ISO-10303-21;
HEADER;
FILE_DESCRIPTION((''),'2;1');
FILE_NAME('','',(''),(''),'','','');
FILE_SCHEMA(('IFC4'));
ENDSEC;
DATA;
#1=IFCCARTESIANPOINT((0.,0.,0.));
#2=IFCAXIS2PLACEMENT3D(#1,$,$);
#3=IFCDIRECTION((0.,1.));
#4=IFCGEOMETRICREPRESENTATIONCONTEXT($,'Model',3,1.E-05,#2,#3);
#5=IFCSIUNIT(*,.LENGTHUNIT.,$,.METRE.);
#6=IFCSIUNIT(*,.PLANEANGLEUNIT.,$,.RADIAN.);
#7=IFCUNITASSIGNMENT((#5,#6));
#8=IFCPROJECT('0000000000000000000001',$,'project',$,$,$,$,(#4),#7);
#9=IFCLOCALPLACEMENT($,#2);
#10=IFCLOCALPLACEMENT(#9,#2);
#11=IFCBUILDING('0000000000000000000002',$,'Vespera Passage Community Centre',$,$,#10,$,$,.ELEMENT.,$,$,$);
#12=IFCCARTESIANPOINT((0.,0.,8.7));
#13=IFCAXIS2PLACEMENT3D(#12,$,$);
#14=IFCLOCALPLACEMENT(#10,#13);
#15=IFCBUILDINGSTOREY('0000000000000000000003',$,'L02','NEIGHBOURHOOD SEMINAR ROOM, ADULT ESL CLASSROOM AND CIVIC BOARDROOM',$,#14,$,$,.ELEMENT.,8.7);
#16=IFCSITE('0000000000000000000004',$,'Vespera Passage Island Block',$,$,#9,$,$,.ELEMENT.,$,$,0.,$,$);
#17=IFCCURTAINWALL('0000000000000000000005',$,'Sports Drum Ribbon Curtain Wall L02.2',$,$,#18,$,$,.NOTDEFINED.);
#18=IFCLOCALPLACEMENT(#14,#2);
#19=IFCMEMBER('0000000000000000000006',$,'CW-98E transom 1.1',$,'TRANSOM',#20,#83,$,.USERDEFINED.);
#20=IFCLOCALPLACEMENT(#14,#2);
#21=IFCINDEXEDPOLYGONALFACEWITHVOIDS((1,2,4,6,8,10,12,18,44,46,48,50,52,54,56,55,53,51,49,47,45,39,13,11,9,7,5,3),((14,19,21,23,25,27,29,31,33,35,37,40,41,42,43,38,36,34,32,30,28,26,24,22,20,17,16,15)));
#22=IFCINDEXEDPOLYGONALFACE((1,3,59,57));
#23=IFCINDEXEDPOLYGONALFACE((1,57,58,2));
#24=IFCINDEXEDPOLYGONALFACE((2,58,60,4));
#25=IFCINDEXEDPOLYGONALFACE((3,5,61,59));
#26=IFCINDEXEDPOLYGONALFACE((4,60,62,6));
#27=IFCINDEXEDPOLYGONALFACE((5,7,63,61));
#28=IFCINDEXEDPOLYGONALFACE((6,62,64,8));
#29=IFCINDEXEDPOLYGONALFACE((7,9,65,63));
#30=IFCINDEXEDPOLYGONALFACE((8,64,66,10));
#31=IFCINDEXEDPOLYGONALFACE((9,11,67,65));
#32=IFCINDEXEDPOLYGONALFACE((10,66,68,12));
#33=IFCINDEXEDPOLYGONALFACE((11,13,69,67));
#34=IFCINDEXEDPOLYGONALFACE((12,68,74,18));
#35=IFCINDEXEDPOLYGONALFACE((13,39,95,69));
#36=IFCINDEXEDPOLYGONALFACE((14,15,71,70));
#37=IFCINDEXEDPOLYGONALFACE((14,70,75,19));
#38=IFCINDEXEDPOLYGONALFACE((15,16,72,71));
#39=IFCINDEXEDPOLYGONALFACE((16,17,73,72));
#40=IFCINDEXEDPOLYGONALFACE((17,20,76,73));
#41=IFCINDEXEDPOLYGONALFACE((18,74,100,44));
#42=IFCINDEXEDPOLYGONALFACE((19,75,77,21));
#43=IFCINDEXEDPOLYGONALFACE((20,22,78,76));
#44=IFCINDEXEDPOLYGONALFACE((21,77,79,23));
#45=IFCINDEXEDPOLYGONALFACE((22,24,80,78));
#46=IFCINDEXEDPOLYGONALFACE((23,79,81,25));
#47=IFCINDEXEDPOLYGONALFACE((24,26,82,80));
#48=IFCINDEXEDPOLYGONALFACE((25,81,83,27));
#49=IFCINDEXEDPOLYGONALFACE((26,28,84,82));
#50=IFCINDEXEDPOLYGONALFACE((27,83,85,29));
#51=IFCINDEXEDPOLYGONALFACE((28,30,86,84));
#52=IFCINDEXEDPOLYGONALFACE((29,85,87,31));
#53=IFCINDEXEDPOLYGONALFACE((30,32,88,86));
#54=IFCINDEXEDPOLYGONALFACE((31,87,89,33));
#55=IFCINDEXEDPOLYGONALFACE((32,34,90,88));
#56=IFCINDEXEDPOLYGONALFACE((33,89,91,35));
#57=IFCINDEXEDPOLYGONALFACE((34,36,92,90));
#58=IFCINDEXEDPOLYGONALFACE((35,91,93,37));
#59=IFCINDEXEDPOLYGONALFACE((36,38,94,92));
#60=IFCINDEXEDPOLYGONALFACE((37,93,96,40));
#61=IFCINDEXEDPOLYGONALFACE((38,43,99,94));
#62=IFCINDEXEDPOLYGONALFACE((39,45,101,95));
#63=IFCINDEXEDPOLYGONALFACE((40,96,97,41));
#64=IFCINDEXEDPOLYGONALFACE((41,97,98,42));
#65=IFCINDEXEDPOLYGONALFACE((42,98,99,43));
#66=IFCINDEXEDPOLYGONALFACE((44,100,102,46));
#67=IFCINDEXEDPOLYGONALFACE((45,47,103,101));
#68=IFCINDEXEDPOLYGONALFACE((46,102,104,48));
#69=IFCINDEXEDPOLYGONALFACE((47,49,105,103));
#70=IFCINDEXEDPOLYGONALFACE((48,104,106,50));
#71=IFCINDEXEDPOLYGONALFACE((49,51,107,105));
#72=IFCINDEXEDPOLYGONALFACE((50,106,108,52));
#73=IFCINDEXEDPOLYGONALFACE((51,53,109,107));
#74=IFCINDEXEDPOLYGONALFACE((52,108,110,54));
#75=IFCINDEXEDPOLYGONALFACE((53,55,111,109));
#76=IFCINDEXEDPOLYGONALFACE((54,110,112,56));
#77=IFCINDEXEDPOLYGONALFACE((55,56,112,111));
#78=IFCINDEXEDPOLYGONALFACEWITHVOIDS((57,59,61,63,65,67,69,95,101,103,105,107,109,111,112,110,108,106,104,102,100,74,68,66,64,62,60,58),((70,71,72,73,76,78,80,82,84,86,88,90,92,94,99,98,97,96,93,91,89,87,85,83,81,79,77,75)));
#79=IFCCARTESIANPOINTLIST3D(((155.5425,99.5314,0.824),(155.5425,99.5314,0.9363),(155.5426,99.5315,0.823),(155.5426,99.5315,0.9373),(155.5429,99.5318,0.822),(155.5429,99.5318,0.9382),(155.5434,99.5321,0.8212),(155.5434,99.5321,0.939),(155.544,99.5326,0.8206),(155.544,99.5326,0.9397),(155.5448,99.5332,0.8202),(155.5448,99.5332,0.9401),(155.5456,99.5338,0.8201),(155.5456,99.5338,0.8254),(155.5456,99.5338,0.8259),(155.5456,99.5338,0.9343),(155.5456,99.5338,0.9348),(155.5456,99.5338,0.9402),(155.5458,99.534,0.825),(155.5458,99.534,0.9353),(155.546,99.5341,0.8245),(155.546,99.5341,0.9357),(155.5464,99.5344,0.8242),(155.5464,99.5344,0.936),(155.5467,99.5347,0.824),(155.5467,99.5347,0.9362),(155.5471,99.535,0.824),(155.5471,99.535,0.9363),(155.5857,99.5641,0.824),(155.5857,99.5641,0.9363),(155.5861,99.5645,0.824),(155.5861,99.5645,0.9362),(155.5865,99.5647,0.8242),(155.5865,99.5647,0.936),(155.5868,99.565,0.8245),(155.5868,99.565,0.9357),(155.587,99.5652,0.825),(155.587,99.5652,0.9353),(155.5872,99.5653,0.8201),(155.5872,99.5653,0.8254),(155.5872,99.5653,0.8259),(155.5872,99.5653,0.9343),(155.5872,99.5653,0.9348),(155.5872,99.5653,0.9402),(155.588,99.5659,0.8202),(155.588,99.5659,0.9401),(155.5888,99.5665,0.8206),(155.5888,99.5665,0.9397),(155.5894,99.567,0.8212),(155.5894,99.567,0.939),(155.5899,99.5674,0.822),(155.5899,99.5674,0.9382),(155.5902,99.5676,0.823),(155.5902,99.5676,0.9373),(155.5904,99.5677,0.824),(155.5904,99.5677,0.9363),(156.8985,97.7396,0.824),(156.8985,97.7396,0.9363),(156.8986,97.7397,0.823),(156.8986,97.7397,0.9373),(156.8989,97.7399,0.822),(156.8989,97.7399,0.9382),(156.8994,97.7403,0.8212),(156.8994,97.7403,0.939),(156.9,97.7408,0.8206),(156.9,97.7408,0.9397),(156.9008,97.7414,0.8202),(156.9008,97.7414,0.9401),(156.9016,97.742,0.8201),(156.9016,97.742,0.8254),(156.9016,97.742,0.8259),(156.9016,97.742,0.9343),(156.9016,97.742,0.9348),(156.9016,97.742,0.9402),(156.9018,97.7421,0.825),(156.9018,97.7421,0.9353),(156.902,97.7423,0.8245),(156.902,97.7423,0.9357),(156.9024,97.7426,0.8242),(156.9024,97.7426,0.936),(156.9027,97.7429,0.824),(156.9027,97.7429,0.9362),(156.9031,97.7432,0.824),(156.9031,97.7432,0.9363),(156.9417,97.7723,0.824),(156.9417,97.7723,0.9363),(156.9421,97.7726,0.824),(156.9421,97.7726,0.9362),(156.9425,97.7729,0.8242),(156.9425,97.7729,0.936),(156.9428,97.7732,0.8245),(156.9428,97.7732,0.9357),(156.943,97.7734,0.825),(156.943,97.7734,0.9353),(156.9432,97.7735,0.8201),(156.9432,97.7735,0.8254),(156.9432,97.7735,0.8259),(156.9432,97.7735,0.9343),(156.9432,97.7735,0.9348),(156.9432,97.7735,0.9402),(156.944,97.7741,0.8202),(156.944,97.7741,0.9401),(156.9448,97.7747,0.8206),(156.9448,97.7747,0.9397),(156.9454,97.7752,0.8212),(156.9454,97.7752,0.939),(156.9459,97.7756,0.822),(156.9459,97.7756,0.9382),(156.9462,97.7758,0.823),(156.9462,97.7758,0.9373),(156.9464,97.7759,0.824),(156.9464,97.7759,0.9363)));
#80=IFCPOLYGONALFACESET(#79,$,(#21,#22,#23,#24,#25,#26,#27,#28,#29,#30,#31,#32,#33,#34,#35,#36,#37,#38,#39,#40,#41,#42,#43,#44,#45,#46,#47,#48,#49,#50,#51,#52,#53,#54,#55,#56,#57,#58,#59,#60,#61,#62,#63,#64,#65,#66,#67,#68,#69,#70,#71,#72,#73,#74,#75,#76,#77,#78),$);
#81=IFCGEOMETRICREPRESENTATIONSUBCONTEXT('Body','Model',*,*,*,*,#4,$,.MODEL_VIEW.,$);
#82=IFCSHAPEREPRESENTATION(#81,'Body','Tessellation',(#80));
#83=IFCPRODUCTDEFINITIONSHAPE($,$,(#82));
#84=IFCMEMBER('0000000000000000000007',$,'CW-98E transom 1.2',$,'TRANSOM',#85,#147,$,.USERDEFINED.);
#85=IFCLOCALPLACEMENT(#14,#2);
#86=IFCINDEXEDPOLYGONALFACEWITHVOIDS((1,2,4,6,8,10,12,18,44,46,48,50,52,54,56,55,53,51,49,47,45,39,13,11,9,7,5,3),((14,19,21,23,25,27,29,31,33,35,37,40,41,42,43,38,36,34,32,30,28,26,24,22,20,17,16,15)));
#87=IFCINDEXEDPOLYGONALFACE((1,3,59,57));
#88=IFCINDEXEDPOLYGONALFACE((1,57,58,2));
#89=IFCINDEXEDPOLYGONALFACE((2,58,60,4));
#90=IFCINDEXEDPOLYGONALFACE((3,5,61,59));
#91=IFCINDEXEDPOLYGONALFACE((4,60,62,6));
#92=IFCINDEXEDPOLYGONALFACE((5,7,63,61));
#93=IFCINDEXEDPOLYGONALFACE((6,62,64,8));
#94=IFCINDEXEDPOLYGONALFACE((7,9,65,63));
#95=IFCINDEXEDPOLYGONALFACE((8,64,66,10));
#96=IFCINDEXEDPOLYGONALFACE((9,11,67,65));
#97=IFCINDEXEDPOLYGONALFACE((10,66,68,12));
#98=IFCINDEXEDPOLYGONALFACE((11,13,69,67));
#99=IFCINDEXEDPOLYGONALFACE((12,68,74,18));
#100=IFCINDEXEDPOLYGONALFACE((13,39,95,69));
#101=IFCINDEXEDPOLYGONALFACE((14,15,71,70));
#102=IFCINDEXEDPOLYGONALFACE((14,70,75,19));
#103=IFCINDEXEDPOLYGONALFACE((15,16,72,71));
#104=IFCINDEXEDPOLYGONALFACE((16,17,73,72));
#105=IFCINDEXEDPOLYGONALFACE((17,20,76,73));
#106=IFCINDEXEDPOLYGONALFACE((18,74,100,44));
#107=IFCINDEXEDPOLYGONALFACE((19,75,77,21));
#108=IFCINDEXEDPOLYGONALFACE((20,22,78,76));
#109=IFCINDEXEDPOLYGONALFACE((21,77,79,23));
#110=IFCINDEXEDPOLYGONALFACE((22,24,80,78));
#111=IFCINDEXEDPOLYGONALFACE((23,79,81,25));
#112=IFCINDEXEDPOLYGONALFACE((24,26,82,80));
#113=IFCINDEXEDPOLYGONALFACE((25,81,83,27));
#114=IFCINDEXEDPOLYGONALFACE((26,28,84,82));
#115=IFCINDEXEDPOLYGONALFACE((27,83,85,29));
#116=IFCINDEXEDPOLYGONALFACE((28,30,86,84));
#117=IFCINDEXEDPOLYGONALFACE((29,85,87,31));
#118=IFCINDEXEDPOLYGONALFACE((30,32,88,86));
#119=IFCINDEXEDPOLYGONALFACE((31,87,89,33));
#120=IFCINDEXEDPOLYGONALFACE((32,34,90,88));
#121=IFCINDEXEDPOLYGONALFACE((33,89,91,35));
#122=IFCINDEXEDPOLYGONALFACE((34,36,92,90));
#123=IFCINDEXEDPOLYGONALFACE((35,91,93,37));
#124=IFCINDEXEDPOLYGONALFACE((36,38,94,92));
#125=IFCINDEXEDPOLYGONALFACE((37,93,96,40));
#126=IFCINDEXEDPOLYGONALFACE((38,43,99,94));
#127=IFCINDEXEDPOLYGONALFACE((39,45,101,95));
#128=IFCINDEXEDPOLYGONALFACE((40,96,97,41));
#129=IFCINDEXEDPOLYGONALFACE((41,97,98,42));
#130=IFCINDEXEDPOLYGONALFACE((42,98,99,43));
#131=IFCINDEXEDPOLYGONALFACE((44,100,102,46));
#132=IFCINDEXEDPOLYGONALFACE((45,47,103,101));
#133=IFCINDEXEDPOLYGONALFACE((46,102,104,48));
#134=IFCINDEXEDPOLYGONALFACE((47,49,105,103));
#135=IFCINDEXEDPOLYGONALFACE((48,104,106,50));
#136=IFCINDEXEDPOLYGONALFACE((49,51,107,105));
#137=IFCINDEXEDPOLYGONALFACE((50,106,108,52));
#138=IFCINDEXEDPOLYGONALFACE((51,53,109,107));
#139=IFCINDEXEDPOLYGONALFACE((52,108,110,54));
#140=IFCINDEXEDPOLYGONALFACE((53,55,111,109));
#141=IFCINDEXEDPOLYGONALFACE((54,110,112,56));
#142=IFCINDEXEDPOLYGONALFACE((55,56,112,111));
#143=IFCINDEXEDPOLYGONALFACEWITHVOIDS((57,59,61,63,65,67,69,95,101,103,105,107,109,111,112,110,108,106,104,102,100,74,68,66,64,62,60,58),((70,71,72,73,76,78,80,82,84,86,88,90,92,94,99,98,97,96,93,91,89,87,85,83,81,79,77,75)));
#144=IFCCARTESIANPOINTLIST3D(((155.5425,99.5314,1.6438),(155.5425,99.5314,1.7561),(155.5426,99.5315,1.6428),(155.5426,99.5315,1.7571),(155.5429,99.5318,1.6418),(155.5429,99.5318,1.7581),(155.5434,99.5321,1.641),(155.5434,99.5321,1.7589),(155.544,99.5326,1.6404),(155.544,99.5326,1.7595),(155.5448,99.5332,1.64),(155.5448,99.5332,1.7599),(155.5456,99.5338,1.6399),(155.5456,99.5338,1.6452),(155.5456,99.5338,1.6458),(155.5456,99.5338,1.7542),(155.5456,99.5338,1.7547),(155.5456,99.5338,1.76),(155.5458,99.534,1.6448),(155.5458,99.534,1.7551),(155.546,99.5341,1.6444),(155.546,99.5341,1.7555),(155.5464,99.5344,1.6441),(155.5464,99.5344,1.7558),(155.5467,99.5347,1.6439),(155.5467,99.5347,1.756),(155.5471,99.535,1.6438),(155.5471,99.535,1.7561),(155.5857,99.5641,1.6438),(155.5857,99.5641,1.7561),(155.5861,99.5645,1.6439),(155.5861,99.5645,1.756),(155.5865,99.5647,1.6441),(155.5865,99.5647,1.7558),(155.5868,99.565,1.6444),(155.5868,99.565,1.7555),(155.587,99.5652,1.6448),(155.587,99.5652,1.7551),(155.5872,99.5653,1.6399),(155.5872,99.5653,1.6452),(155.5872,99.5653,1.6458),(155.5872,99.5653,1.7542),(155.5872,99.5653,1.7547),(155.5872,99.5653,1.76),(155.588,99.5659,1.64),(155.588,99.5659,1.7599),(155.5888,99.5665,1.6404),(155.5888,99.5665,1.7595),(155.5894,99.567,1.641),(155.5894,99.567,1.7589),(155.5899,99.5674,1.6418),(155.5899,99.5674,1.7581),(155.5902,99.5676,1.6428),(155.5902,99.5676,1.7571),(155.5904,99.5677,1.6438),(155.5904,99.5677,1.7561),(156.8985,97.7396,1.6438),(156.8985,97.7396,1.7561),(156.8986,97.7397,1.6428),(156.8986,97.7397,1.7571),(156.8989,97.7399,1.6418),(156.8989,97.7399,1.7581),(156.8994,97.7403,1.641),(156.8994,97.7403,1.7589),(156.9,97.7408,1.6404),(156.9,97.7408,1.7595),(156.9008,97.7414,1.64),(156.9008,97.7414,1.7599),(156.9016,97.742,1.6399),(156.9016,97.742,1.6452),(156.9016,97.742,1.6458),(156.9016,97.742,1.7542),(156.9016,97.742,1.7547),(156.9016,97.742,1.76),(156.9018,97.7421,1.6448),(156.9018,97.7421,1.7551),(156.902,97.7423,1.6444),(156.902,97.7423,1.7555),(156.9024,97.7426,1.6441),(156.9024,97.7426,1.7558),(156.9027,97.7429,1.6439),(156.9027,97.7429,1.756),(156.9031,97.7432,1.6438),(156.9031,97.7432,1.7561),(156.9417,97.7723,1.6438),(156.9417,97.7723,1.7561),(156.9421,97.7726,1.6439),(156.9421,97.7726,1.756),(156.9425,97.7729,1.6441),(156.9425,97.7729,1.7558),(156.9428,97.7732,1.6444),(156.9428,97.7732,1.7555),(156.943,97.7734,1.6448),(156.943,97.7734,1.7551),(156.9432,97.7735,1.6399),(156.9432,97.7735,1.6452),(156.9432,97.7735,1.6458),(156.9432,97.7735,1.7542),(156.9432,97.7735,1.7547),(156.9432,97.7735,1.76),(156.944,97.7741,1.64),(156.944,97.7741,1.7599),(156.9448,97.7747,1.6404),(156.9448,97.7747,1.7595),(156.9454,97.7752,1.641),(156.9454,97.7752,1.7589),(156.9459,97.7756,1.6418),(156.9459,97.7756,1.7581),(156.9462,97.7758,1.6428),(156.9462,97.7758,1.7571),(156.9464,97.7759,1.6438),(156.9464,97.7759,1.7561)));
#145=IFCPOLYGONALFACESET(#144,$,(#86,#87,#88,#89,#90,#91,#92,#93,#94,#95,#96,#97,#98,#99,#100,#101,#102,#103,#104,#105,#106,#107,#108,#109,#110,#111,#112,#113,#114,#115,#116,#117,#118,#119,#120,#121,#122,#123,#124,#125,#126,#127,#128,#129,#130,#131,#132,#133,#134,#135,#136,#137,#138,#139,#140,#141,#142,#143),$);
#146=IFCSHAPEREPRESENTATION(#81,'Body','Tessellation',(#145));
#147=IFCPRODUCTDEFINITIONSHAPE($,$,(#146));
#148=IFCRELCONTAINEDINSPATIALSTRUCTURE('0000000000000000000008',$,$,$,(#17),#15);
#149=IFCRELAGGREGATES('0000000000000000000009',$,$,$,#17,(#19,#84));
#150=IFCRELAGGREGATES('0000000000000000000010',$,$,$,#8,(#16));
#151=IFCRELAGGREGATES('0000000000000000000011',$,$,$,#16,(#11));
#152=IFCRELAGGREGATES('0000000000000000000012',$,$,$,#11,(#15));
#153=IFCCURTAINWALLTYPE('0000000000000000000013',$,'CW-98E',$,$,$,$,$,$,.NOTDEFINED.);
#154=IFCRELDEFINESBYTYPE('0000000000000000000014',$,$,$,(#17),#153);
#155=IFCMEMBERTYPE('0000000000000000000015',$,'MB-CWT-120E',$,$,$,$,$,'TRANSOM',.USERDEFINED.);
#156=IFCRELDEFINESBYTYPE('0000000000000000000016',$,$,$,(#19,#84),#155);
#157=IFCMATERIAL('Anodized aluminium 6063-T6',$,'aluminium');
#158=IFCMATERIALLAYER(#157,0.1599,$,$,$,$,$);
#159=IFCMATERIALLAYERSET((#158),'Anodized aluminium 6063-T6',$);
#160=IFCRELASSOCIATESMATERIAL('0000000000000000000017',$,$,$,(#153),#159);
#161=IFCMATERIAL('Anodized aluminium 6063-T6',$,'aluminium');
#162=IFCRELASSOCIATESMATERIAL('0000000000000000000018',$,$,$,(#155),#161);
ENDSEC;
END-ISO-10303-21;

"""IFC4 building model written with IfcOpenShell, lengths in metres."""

from ifc_helpers import new_model, si_unit, direction, frame, origin, origin_2d, place, context, subcontext, project, spatial, hollow_rectangle, extrude, material, layer, layer_set, material_profile, profile_set, type_object, element, aggregate, save


model = new_model("IFC4")

# Units and contexts
model_context = context("Model", 3, precision=1e-05, world=origin(), true_north=direction((0.0, 1.0)))
body_context = subcontext(model_context, "Body", "Model", "MODEL_VIEW")
ifc_project = project(units=[si_unit("LENGTHUNIT", "METRE"), si_unit("PLANEANGLEUNIT", "RADIAN")], contexts=[model_context])

# Site, building, storey
site_placement = place(None, origin())
site = spatial("IfcSite", under=ifc_project, at=site_placement, Name="Vespera Passage Island Block", CompositionType="ELEMENT", RefElevation=0.0)
building_placement = place(site_placement, origin())
building = spatial("IfcBuilding", under=site, at=building_placement, Name="Vespera Passage Community Centre", CompositionType="ELEMENT")
storey_placement = place(building_placement, frame((0.0, 0.0, 8.7)))
storey = spatial("IfcBuildingStorey", under=building, at=storey_placement, Name="L02", Description="NEIGHBOURHOOD SEMINAR ROOM, ADULT ESL CLASSROOM AND CIVIC BOARDROOM", CompositionType="ELEMENT", Elevation=8.7)

# Curtain wall
ifc_material_1 = material(Name="Anodized aluminium 6063-T6", Category="aluminium")
ifc_layer_1 = layer(ifc_material_1, 0.1599)
ifc_layer_set_1 = layer_set([ifc_layer_1], Name="Anodized aluminium 6063-T6")
curtain_wall_type_1 = type_object("IfcCurtainWallType", Name="CW-98E", PredefinedType="NOTDEFINED", material=ifc_layer_set_1)
curtain_wall_1_placement = place(storey_placement, origin())
curtain_wall_1 = element("IfcCurtainWall", 1, at=curtain_wall_1_placement, inside=storey, type_object=curtain_wall_type_1, Name="Sports Drum Ribbon Curtain Wall L02.2", PredefinedType="NOTDEFINED")

# Members
ifc_material_2 = material(Name="Anodized aluminium 6063-T6", Category="aluminium")
ifc_material_profile_1 = material_profile(ifc_material_2, hollow_rectangle(XDim=0.0601, YDim=0.1201, WallThickness=0.0039, InnerFilletRadius=0.002, OuterFilletRadius=0.0039, at=origin_2d()), Name="ALU120X60X4")
ifc_profile_set_1 = profile_set([ifc_material_profile_1], Name="Anodized aluminium 6063-T6")
member_type_1 = type_object("IfcMemberType", Name="MB-CWT-120E", ElementType="TRANSOM", PredefinedType="USERDEFINED", material=ifc_profile_set_1)
member_1_placement = place(storey_placement, frame((155.5664, 99.5496, 0.8801), z_axis=(0.603454, -0.797398, 0.0), x_axis=(0.797398, 0.603454, 0.0)))
member_1 = element("IfcMember", 2, at=member_1_placement, type_object=member_type_1, Name="CW-98E transom 1.1", ObjectType="TRANSOM", PredefinedType="USERDEFINED", context=body_context, shape_type="SweptSolid", body=[
    extrude(hollow_rectangle(XDim=0.0601, YDim=0.1201, WallThickness=0.0039, InnerFilletRadius=0.002, OuterFilletRadius=0.0039, at=origin_2d()), origin(), (0.0, 0.0, 1.0), 2.2471),
])
member_2_placement = place(storey_placement, frame((155.5664, 99.5496, 1.7), z_axis=(0.603454, -0.797398, 0.0), x_axis=(0.797398, 0.603454, 0.0)))
member_2 = element("IfcMember", 3, at=member_2_placement, type_object=member_type_1, Name="CW-98E transom 1.2", ObjectType="TRANSOM", PredefinedType="USERDEFINED", context=body_context, shape_type="SweptSolid", body=[
    extrude(hollow_rectangle(XDim=0.0601, YDim=0.1201, WallThickness=0.0039, InnerFilletRadius=0.002, OuterFilletRadius=0.0039, at=origin_2d()), origin(), (0.0, 0.0, 1.0), 2.2471),
])

aggregate(curtain_wall_1, [member_1, member_2])

save(model, "model.ifc")
